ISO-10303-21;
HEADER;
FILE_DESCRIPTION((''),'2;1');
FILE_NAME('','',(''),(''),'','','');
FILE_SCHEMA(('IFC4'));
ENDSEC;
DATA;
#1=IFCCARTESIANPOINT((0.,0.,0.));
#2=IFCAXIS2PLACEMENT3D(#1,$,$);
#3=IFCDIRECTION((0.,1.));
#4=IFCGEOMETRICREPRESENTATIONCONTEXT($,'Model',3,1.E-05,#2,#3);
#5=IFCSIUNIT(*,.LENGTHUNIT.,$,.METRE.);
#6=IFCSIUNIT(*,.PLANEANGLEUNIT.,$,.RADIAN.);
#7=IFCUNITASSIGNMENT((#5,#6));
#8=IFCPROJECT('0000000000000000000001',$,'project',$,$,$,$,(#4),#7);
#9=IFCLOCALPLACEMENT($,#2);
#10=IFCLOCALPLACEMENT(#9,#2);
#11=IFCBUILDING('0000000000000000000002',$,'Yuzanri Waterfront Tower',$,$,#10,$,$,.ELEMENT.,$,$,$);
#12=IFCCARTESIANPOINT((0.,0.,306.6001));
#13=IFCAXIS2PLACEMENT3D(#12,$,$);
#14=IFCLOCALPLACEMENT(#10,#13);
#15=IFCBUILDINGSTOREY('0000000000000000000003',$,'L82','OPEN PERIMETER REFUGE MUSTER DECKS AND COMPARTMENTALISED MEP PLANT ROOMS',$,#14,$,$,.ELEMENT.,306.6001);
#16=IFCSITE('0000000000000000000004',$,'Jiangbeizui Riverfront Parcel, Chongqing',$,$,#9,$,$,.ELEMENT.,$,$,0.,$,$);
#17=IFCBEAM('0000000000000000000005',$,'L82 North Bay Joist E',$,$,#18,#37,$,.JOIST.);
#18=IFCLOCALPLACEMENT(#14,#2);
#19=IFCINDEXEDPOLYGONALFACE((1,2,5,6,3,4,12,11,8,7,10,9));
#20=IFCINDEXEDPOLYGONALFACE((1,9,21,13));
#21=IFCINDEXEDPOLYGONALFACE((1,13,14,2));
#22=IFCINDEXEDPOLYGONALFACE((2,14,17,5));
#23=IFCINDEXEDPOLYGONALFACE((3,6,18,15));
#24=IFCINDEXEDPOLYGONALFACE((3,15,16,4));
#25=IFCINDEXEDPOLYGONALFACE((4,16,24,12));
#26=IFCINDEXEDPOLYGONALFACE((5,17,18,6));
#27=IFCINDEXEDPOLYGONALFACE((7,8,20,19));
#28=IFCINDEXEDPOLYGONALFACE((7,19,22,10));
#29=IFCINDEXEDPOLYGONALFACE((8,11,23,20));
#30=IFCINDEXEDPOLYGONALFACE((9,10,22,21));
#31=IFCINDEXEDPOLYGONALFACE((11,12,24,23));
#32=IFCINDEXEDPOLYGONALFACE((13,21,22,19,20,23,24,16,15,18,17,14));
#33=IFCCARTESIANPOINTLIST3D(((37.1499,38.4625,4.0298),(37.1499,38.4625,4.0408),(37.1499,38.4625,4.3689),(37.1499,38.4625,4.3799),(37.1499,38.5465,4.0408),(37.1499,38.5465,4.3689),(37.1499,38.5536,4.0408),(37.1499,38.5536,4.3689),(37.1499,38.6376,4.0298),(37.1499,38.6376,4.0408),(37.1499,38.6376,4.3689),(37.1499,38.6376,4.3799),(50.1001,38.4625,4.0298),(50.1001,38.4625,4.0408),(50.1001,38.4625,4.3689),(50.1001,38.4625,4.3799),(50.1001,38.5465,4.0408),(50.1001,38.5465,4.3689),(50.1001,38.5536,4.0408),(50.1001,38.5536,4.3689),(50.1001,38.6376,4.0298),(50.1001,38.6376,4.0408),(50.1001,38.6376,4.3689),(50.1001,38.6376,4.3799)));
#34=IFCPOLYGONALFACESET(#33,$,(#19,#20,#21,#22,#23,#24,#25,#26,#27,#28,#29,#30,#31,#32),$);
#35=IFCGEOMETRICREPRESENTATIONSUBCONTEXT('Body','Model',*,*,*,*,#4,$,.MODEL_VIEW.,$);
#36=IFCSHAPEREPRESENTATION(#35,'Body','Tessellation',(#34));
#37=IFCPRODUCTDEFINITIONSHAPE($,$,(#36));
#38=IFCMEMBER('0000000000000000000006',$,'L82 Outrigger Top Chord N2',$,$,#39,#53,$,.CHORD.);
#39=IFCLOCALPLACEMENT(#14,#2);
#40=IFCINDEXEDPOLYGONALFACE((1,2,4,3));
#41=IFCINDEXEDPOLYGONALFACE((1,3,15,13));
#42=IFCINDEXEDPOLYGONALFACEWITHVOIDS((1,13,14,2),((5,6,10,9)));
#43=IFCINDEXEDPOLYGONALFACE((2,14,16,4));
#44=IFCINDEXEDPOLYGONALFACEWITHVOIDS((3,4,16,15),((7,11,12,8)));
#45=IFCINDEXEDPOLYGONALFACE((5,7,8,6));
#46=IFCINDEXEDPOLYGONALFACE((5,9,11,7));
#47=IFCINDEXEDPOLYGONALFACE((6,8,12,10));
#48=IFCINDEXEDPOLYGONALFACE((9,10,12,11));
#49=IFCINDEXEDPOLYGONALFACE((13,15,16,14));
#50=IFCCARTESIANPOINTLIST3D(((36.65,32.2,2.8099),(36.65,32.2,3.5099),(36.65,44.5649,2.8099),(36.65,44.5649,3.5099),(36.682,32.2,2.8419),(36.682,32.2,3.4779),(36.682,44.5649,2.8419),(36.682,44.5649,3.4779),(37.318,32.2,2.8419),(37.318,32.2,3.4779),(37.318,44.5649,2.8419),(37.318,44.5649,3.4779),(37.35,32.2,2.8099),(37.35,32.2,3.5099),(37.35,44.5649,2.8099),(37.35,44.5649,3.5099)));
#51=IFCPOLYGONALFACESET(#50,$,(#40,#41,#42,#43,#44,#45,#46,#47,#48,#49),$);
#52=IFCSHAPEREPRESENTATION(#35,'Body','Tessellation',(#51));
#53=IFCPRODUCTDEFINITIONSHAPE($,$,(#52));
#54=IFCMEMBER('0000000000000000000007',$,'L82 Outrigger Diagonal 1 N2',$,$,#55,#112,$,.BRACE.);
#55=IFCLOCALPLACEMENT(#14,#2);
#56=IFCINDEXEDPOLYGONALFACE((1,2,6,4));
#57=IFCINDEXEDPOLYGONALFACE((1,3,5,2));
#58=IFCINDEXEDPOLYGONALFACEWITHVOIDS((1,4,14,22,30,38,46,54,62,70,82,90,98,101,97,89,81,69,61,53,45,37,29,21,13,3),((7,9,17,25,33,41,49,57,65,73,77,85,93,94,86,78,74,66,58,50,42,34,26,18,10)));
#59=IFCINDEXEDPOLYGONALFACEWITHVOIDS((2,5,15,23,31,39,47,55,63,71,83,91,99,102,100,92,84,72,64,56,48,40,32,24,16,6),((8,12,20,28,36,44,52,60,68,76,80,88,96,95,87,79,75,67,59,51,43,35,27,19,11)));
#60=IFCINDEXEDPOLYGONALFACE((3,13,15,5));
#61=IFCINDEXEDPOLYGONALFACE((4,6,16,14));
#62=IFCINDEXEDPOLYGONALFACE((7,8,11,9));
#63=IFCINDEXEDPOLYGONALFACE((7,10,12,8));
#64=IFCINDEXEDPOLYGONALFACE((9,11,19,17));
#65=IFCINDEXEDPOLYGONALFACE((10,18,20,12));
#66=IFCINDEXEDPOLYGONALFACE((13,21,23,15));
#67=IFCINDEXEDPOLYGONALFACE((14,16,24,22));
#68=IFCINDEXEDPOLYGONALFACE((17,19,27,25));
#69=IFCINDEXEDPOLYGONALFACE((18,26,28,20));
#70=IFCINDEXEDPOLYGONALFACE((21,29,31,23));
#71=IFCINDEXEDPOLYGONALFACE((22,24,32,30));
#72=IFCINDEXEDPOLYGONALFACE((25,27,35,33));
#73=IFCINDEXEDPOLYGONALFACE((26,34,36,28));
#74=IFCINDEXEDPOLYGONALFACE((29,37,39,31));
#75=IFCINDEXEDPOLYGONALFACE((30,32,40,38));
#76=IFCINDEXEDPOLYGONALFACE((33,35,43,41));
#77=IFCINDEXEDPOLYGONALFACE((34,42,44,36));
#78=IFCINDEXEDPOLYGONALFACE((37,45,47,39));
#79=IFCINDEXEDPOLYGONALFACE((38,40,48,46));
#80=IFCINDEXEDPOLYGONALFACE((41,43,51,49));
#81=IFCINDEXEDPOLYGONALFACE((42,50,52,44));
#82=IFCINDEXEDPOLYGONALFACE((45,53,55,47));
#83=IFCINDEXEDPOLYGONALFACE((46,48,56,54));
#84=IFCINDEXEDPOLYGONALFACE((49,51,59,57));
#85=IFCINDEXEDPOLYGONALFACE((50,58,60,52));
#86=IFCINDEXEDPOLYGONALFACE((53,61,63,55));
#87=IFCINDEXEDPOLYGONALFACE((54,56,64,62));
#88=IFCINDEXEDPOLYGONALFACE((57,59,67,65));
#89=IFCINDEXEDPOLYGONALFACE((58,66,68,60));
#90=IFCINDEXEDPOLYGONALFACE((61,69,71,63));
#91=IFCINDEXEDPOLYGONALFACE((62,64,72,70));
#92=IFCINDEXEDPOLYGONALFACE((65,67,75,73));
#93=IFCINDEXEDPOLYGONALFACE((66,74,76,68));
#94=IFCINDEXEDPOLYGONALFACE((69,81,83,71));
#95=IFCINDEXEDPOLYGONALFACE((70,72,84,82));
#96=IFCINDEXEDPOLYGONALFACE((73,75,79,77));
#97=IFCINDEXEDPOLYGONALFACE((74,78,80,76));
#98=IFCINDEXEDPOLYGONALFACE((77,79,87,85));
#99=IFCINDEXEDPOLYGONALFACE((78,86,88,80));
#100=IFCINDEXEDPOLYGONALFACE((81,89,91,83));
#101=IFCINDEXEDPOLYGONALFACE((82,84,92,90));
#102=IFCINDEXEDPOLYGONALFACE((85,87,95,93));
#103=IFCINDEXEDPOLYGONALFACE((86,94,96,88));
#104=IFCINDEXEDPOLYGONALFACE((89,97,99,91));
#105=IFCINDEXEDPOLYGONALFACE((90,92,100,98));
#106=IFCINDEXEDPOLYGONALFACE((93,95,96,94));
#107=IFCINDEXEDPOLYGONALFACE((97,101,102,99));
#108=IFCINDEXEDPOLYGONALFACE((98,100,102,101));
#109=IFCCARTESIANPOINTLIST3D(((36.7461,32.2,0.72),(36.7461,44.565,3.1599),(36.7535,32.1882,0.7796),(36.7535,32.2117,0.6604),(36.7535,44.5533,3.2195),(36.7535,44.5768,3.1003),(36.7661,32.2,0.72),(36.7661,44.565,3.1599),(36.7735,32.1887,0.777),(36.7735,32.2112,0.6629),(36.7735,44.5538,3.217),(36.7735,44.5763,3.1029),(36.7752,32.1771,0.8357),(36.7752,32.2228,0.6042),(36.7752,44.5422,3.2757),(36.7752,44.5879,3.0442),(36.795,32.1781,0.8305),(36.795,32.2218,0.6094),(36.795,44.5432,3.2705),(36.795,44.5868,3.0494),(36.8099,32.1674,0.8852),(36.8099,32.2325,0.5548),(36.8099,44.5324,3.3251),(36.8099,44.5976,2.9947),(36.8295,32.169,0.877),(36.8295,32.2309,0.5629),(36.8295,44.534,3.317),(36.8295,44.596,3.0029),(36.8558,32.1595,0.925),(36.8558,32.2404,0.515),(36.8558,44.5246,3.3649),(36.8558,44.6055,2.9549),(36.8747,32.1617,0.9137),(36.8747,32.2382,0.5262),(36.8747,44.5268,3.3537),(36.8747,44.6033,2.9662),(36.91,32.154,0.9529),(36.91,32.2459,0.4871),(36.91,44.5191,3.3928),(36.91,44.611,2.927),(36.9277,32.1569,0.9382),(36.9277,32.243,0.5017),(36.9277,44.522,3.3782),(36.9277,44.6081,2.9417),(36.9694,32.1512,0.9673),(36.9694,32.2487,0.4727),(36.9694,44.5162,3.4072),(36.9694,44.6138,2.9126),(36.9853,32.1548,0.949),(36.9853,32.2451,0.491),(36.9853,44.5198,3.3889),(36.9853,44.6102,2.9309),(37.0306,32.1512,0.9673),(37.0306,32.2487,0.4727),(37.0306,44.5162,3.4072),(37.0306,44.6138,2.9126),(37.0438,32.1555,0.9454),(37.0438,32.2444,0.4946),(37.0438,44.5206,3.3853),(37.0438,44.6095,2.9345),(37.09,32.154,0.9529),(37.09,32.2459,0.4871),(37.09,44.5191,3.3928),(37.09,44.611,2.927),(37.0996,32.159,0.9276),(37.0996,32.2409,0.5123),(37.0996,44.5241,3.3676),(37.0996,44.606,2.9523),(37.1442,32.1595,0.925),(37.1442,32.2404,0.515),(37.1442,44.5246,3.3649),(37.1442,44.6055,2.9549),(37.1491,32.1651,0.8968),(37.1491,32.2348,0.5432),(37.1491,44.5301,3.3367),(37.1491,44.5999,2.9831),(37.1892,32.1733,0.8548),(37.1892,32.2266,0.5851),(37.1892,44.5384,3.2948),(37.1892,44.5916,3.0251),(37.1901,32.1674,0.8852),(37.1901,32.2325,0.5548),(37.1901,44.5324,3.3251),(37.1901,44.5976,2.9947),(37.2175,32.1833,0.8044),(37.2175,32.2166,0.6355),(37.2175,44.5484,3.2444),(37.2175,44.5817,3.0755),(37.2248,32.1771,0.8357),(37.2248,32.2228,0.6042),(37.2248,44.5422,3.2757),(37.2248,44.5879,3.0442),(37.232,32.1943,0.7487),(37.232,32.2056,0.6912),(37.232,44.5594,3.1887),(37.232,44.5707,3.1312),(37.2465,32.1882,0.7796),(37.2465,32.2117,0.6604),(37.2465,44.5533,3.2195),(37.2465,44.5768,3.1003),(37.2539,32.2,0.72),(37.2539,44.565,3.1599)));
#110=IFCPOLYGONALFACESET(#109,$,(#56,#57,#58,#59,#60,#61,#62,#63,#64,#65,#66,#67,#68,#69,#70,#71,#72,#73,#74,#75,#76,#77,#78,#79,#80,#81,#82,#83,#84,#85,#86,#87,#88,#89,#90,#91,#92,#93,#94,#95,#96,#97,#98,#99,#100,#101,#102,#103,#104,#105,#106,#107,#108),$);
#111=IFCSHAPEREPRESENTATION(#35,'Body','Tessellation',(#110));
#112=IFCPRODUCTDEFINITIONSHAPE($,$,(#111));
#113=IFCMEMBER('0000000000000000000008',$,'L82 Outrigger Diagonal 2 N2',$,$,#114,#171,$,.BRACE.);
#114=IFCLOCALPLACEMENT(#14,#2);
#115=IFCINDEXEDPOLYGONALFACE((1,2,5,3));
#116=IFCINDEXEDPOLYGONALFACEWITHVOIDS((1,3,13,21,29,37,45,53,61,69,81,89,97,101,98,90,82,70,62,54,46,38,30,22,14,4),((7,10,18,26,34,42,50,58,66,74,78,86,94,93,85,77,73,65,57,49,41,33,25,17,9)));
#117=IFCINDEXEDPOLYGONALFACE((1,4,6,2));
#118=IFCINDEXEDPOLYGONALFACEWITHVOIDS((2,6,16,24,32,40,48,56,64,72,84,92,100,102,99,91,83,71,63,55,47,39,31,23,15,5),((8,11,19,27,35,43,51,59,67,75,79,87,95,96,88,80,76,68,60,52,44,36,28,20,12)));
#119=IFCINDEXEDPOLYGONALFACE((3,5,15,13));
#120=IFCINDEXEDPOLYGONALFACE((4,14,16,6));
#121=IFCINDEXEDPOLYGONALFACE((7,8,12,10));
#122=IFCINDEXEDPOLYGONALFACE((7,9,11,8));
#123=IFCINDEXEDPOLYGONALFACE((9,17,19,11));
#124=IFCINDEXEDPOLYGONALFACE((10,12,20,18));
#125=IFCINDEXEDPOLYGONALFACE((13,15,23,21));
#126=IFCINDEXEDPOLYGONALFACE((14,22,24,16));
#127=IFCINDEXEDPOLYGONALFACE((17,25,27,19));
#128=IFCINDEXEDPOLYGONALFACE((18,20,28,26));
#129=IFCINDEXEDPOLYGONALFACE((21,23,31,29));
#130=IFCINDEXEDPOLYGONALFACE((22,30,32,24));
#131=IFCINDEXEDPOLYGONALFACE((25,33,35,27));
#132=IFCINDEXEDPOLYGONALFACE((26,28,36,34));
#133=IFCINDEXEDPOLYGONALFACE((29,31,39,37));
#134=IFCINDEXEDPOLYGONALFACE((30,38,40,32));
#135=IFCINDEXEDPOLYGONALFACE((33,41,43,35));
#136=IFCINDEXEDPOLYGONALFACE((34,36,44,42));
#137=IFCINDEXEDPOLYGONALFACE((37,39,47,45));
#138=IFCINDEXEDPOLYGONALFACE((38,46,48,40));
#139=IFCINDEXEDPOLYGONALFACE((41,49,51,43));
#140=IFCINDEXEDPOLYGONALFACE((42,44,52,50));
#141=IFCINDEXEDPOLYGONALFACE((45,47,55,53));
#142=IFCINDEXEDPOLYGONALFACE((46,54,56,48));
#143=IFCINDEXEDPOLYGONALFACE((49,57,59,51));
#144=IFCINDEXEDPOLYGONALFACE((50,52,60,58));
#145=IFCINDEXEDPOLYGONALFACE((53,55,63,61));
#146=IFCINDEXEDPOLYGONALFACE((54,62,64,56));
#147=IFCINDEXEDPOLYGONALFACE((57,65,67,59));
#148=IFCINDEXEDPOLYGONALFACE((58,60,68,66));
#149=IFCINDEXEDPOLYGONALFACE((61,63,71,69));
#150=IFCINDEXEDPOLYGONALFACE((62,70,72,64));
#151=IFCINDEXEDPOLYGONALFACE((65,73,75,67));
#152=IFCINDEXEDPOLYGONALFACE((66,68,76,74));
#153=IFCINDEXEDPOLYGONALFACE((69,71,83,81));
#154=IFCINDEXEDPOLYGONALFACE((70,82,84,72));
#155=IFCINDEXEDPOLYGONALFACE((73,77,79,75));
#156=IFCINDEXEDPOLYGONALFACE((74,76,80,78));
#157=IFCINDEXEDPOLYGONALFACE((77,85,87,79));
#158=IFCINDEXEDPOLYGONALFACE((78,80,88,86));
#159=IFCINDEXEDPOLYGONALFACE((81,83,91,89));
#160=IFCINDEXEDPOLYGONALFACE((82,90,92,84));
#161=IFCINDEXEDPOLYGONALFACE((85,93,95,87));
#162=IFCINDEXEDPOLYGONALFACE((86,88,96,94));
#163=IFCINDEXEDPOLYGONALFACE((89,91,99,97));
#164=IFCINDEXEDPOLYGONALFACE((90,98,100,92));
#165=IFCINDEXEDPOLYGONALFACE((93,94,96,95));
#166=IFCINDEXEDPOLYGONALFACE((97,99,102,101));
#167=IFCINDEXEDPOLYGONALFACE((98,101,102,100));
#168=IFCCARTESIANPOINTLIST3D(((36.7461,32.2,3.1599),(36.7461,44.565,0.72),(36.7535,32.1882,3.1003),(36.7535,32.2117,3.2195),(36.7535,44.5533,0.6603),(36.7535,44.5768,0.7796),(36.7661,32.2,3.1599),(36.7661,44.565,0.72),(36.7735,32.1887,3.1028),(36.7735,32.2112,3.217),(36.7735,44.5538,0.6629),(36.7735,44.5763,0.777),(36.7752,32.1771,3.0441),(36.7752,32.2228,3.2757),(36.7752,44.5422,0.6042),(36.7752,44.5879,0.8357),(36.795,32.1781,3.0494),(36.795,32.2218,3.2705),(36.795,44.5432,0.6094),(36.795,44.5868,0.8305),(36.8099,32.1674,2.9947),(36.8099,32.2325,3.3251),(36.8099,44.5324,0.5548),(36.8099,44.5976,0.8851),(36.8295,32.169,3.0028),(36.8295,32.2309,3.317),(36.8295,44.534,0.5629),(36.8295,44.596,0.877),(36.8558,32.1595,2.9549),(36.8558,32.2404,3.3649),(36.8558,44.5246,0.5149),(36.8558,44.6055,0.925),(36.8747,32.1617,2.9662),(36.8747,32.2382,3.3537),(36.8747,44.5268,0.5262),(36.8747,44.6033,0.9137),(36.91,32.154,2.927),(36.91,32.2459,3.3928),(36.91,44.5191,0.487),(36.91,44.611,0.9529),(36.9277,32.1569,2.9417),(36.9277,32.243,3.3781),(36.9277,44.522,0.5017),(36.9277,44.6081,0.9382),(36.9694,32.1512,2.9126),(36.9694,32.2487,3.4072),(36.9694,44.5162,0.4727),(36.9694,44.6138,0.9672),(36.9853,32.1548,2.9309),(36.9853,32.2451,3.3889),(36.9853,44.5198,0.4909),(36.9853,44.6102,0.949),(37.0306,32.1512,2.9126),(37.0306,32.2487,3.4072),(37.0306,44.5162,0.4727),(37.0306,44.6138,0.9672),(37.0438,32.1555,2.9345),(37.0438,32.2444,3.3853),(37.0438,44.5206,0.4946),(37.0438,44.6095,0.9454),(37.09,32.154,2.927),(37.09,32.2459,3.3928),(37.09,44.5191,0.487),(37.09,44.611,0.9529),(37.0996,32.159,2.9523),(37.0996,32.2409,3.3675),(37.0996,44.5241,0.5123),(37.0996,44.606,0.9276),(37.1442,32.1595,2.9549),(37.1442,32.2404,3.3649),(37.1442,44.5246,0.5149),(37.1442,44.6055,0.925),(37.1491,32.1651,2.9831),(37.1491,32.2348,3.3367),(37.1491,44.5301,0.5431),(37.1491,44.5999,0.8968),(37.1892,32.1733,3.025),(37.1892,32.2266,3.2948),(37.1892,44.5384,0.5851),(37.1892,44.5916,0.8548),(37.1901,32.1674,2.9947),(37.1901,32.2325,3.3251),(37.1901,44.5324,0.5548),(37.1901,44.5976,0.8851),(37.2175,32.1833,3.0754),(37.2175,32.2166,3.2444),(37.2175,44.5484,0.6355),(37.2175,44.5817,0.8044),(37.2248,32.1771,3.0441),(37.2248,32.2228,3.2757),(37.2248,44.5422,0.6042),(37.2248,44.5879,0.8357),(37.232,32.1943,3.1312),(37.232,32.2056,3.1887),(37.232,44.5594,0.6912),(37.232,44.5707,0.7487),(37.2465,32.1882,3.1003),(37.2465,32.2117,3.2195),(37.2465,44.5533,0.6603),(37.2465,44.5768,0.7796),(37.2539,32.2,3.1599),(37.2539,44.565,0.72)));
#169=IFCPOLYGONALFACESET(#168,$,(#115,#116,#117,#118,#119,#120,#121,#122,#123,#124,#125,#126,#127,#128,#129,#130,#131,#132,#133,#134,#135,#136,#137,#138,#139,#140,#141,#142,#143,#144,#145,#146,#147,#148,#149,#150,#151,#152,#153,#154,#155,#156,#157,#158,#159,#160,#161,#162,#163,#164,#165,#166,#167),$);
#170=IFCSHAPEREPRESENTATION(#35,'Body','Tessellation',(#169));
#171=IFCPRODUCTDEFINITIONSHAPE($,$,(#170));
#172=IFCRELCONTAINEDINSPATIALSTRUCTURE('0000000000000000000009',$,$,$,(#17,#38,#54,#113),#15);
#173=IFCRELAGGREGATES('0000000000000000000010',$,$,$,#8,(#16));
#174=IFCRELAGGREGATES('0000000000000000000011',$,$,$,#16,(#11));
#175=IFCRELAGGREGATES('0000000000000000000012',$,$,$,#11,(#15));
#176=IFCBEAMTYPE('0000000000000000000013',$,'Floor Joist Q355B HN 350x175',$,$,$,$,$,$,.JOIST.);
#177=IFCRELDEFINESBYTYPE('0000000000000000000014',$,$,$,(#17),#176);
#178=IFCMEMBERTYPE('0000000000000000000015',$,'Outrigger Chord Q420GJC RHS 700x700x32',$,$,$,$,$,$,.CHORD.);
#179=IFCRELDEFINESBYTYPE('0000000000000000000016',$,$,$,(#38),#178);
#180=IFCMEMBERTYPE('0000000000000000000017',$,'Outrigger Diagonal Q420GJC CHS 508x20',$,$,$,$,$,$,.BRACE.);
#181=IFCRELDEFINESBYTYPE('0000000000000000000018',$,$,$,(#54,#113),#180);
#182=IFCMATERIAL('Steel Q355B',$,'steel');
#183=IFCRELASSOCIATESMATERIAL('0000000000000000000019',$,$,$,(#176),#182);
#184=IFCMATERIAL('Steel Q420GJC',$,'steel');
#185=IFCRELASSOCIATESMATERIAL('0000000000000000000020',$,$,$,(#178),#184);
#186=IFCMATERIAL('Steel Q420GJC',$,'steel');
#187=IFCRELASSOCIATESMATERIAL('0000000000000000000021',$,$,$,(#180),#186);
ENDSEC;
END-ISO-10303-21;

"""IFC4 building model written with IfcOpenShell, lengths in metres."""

from ifc_helpers import new_model, si_unit, direction, frame, origin, origin_2d, place, context, subcontext, project, spatial, hollow_rectangle, hollow_circle, i_section, extrude, source, transform, mapped, material, material_profile, profile_set, type_object, element, save


model = new_model("IFC4")

# Units and contexts
model_context = context("Model", 3, precision=1e-05, world=origin(), true_north=direction((0.0, 1.0)))
body_context = subcontext(model_context, "Body", "Model", "MODEL_VIEW")
ifc_project = project(units=[si_unit("LENGTHUNIT", "METRE"), si_unit("PLANEANGLEUNIT", "RADIAN")], contexts=[model_context])

# Site, building, storey
site_placement = place(None, origin())
site = spatial("IfcSite", under=ifc_project, at=site_placement, Name="Jiangbeizui Riverfront Parcel, Chongqing", CompositionType="ELEMENT", RefElevation=0.0)
building_placement = place(site_placement, origin())
building = spatial("IfcBuilding", under=site, at=building_placement, Name="Yuzanri Waterfront Tower", CompositionType="ELEMENT")
storey_placement = place(building_placement, frame((0.0, 0.0, 306.6001)))
storey = spatial("IfcBuildingStorey", under=building, at=storey_placement, Name="L82", Description="OPEN PERIMETER REFUGE MUSTER DECKS AND COMPARTMENTALISED MEP PLANT ROOMS", CompositionType="ELEMENT", Elevation=306.6001)

# Beam
ifc_material_1 = material(Name="Steel Q355B", Category="steel")
ifc_material_profile_1 = material_profile(ifc_material_1, i_section(OverallWidth=0.175, OverallDepth=0.3501, WebThickness=0.0071, FlangeThickness=0.011, at=origin_2d()), Name="HN 350x175x7x11")
ifc_profile_set_1 = profile_set([ifc_material_profile_1], Name="Steel Q355B")
beam_type = type_object("IfcBeamType", Name="Floor Joist Q355B HN 350x175", PredefinedType="JOIST", material=ifc_profile_set_1)
shared_shape_1 = source(origin(), body_context, "Body", "SweptSolid", [
    extrude(i_section(OverallWidth=0.175, OverallDepth=0.3501, WebThickness=0.0071, FlangeThickness=0.011, at=origin_2d()), origin(), (0.0, 0.0, 1.0), 12.9502),
])
beam_placement = place(storey_placement, frame((37.1499, 38.55, 4.2048), z_axis=(1.0, 0.0, 0.0), x_axis=(0.0, 1.0, 0.0)))
element("IfcBeam", 1, at=beam_placement, inside=storey, type_object=beam_type, Name="L82 North Bay Joist E", PredefinedType="JOIST", context=body_context, shape_type="MappedRepresentation", body=[
    mapped(shared_shape_1, transform((0.0, 0.0, 0.0), scale=1.0)),
])

# Members
ifc_material_2 = material(Name="Steel Q420GJC", Category="steel")
ifc_material_profile_2 = material_profile(ifc_material_2, hollow_rectangle(XDim=0.7, YDim=0.7, WallThickness=0.032, at=origin_2d()), Name="RHS 700x700x32")
ifc_profile_set_2 = profile_set([ifc_material_profile_2], Name="Steel Q420GJC")
member_type_1 = type_object("IfcMemberType", Name="Outrigger Chord Q420GJC RHS 700x700x32", PredefinedType="CHORD", material=ifc_profile_set_2)
shared_shape_2 = source(origin(), body_context, "Body", "SweptSolid", [
    extrude(hollow_rectangle(XDim=0.7, YDim=0.7, WallThickness=0.032, at=origin_2d()), origin(), (0.0, 0.0, 1.0), 12.365),
])
member_placement = place(storey_placement, frame((37.0, 32.2, 3.1599), z_axis=(0.0, 1.0, 0.0), x_axis=(-1.0, 0.0, 0.0)))
element("IfcMember", 2, at=member_placement, inside=storey, type_object=member_type_1, Name="L82 Outrigger Top Chord N2", PredefinedType="CHORD", context=body_context, shape_type="MappedRepresentation", body=[
    mapped(shared_shape_2, transform((0.0, 0.0, 0.0), scale=1.0)),
])
ifc_material_3 = material(Name="Steel Q420GJC", Category="steel")
ifc_material_profile_3 = material_profile(ifc_material_3, hollow_circle(Radius=0.2539, WallThickness=0.02, at=origin_2d()), Name="CHS 508x20")
ifc_profile_set_3 = profile_set([ifc_material_profile_3], Name="Steel Q420GJC")
member_type_2 = type_object("IfcMemberType", Name="Outrigger Diagonal Q420GJC CHS 508x20", PredefinedType="BRACE", material=ifc_profile_set_3)
shared_shape_3 = source(origin(), body_context, "Body", "SweptSolid", [
    extrude(hollow_circle(Radius=0.2539, WallThickness=0.02, at=origin_2d()), origin(), (0.0, 0.0, 1.0), 12.6035),
])
for number, where, z_axis, x_axis, name in (
    (3, (37.0, 32.2, 0.72), (0.0, 0.981082, 0.193594), (-1.0, 0.0, 0.0), "L82 Outrigger Diagonal 1 N2"),
    (4, (37.0, 32.2, 3.1599), (0.0, 0.981082, -0.193594), (-1.0, 0.0, 0.0), "L82 Outrigger Diagonal 2 N2"),
):
    element("IfcMember", number, at=place(storey_placement, frame(where, z_axis=z_axis, x_axis=x_axis)), inside=storey, type_object=member_type_2, Name=name, PredefinedType="BRACE", context=body_context, shape_type="MappedRepresentation", body=[
        mapped(shared_shape_3, transform((0.0, 0.0, 0.0), scale=1.0)),
    ])

save(model, "model.ifc")
